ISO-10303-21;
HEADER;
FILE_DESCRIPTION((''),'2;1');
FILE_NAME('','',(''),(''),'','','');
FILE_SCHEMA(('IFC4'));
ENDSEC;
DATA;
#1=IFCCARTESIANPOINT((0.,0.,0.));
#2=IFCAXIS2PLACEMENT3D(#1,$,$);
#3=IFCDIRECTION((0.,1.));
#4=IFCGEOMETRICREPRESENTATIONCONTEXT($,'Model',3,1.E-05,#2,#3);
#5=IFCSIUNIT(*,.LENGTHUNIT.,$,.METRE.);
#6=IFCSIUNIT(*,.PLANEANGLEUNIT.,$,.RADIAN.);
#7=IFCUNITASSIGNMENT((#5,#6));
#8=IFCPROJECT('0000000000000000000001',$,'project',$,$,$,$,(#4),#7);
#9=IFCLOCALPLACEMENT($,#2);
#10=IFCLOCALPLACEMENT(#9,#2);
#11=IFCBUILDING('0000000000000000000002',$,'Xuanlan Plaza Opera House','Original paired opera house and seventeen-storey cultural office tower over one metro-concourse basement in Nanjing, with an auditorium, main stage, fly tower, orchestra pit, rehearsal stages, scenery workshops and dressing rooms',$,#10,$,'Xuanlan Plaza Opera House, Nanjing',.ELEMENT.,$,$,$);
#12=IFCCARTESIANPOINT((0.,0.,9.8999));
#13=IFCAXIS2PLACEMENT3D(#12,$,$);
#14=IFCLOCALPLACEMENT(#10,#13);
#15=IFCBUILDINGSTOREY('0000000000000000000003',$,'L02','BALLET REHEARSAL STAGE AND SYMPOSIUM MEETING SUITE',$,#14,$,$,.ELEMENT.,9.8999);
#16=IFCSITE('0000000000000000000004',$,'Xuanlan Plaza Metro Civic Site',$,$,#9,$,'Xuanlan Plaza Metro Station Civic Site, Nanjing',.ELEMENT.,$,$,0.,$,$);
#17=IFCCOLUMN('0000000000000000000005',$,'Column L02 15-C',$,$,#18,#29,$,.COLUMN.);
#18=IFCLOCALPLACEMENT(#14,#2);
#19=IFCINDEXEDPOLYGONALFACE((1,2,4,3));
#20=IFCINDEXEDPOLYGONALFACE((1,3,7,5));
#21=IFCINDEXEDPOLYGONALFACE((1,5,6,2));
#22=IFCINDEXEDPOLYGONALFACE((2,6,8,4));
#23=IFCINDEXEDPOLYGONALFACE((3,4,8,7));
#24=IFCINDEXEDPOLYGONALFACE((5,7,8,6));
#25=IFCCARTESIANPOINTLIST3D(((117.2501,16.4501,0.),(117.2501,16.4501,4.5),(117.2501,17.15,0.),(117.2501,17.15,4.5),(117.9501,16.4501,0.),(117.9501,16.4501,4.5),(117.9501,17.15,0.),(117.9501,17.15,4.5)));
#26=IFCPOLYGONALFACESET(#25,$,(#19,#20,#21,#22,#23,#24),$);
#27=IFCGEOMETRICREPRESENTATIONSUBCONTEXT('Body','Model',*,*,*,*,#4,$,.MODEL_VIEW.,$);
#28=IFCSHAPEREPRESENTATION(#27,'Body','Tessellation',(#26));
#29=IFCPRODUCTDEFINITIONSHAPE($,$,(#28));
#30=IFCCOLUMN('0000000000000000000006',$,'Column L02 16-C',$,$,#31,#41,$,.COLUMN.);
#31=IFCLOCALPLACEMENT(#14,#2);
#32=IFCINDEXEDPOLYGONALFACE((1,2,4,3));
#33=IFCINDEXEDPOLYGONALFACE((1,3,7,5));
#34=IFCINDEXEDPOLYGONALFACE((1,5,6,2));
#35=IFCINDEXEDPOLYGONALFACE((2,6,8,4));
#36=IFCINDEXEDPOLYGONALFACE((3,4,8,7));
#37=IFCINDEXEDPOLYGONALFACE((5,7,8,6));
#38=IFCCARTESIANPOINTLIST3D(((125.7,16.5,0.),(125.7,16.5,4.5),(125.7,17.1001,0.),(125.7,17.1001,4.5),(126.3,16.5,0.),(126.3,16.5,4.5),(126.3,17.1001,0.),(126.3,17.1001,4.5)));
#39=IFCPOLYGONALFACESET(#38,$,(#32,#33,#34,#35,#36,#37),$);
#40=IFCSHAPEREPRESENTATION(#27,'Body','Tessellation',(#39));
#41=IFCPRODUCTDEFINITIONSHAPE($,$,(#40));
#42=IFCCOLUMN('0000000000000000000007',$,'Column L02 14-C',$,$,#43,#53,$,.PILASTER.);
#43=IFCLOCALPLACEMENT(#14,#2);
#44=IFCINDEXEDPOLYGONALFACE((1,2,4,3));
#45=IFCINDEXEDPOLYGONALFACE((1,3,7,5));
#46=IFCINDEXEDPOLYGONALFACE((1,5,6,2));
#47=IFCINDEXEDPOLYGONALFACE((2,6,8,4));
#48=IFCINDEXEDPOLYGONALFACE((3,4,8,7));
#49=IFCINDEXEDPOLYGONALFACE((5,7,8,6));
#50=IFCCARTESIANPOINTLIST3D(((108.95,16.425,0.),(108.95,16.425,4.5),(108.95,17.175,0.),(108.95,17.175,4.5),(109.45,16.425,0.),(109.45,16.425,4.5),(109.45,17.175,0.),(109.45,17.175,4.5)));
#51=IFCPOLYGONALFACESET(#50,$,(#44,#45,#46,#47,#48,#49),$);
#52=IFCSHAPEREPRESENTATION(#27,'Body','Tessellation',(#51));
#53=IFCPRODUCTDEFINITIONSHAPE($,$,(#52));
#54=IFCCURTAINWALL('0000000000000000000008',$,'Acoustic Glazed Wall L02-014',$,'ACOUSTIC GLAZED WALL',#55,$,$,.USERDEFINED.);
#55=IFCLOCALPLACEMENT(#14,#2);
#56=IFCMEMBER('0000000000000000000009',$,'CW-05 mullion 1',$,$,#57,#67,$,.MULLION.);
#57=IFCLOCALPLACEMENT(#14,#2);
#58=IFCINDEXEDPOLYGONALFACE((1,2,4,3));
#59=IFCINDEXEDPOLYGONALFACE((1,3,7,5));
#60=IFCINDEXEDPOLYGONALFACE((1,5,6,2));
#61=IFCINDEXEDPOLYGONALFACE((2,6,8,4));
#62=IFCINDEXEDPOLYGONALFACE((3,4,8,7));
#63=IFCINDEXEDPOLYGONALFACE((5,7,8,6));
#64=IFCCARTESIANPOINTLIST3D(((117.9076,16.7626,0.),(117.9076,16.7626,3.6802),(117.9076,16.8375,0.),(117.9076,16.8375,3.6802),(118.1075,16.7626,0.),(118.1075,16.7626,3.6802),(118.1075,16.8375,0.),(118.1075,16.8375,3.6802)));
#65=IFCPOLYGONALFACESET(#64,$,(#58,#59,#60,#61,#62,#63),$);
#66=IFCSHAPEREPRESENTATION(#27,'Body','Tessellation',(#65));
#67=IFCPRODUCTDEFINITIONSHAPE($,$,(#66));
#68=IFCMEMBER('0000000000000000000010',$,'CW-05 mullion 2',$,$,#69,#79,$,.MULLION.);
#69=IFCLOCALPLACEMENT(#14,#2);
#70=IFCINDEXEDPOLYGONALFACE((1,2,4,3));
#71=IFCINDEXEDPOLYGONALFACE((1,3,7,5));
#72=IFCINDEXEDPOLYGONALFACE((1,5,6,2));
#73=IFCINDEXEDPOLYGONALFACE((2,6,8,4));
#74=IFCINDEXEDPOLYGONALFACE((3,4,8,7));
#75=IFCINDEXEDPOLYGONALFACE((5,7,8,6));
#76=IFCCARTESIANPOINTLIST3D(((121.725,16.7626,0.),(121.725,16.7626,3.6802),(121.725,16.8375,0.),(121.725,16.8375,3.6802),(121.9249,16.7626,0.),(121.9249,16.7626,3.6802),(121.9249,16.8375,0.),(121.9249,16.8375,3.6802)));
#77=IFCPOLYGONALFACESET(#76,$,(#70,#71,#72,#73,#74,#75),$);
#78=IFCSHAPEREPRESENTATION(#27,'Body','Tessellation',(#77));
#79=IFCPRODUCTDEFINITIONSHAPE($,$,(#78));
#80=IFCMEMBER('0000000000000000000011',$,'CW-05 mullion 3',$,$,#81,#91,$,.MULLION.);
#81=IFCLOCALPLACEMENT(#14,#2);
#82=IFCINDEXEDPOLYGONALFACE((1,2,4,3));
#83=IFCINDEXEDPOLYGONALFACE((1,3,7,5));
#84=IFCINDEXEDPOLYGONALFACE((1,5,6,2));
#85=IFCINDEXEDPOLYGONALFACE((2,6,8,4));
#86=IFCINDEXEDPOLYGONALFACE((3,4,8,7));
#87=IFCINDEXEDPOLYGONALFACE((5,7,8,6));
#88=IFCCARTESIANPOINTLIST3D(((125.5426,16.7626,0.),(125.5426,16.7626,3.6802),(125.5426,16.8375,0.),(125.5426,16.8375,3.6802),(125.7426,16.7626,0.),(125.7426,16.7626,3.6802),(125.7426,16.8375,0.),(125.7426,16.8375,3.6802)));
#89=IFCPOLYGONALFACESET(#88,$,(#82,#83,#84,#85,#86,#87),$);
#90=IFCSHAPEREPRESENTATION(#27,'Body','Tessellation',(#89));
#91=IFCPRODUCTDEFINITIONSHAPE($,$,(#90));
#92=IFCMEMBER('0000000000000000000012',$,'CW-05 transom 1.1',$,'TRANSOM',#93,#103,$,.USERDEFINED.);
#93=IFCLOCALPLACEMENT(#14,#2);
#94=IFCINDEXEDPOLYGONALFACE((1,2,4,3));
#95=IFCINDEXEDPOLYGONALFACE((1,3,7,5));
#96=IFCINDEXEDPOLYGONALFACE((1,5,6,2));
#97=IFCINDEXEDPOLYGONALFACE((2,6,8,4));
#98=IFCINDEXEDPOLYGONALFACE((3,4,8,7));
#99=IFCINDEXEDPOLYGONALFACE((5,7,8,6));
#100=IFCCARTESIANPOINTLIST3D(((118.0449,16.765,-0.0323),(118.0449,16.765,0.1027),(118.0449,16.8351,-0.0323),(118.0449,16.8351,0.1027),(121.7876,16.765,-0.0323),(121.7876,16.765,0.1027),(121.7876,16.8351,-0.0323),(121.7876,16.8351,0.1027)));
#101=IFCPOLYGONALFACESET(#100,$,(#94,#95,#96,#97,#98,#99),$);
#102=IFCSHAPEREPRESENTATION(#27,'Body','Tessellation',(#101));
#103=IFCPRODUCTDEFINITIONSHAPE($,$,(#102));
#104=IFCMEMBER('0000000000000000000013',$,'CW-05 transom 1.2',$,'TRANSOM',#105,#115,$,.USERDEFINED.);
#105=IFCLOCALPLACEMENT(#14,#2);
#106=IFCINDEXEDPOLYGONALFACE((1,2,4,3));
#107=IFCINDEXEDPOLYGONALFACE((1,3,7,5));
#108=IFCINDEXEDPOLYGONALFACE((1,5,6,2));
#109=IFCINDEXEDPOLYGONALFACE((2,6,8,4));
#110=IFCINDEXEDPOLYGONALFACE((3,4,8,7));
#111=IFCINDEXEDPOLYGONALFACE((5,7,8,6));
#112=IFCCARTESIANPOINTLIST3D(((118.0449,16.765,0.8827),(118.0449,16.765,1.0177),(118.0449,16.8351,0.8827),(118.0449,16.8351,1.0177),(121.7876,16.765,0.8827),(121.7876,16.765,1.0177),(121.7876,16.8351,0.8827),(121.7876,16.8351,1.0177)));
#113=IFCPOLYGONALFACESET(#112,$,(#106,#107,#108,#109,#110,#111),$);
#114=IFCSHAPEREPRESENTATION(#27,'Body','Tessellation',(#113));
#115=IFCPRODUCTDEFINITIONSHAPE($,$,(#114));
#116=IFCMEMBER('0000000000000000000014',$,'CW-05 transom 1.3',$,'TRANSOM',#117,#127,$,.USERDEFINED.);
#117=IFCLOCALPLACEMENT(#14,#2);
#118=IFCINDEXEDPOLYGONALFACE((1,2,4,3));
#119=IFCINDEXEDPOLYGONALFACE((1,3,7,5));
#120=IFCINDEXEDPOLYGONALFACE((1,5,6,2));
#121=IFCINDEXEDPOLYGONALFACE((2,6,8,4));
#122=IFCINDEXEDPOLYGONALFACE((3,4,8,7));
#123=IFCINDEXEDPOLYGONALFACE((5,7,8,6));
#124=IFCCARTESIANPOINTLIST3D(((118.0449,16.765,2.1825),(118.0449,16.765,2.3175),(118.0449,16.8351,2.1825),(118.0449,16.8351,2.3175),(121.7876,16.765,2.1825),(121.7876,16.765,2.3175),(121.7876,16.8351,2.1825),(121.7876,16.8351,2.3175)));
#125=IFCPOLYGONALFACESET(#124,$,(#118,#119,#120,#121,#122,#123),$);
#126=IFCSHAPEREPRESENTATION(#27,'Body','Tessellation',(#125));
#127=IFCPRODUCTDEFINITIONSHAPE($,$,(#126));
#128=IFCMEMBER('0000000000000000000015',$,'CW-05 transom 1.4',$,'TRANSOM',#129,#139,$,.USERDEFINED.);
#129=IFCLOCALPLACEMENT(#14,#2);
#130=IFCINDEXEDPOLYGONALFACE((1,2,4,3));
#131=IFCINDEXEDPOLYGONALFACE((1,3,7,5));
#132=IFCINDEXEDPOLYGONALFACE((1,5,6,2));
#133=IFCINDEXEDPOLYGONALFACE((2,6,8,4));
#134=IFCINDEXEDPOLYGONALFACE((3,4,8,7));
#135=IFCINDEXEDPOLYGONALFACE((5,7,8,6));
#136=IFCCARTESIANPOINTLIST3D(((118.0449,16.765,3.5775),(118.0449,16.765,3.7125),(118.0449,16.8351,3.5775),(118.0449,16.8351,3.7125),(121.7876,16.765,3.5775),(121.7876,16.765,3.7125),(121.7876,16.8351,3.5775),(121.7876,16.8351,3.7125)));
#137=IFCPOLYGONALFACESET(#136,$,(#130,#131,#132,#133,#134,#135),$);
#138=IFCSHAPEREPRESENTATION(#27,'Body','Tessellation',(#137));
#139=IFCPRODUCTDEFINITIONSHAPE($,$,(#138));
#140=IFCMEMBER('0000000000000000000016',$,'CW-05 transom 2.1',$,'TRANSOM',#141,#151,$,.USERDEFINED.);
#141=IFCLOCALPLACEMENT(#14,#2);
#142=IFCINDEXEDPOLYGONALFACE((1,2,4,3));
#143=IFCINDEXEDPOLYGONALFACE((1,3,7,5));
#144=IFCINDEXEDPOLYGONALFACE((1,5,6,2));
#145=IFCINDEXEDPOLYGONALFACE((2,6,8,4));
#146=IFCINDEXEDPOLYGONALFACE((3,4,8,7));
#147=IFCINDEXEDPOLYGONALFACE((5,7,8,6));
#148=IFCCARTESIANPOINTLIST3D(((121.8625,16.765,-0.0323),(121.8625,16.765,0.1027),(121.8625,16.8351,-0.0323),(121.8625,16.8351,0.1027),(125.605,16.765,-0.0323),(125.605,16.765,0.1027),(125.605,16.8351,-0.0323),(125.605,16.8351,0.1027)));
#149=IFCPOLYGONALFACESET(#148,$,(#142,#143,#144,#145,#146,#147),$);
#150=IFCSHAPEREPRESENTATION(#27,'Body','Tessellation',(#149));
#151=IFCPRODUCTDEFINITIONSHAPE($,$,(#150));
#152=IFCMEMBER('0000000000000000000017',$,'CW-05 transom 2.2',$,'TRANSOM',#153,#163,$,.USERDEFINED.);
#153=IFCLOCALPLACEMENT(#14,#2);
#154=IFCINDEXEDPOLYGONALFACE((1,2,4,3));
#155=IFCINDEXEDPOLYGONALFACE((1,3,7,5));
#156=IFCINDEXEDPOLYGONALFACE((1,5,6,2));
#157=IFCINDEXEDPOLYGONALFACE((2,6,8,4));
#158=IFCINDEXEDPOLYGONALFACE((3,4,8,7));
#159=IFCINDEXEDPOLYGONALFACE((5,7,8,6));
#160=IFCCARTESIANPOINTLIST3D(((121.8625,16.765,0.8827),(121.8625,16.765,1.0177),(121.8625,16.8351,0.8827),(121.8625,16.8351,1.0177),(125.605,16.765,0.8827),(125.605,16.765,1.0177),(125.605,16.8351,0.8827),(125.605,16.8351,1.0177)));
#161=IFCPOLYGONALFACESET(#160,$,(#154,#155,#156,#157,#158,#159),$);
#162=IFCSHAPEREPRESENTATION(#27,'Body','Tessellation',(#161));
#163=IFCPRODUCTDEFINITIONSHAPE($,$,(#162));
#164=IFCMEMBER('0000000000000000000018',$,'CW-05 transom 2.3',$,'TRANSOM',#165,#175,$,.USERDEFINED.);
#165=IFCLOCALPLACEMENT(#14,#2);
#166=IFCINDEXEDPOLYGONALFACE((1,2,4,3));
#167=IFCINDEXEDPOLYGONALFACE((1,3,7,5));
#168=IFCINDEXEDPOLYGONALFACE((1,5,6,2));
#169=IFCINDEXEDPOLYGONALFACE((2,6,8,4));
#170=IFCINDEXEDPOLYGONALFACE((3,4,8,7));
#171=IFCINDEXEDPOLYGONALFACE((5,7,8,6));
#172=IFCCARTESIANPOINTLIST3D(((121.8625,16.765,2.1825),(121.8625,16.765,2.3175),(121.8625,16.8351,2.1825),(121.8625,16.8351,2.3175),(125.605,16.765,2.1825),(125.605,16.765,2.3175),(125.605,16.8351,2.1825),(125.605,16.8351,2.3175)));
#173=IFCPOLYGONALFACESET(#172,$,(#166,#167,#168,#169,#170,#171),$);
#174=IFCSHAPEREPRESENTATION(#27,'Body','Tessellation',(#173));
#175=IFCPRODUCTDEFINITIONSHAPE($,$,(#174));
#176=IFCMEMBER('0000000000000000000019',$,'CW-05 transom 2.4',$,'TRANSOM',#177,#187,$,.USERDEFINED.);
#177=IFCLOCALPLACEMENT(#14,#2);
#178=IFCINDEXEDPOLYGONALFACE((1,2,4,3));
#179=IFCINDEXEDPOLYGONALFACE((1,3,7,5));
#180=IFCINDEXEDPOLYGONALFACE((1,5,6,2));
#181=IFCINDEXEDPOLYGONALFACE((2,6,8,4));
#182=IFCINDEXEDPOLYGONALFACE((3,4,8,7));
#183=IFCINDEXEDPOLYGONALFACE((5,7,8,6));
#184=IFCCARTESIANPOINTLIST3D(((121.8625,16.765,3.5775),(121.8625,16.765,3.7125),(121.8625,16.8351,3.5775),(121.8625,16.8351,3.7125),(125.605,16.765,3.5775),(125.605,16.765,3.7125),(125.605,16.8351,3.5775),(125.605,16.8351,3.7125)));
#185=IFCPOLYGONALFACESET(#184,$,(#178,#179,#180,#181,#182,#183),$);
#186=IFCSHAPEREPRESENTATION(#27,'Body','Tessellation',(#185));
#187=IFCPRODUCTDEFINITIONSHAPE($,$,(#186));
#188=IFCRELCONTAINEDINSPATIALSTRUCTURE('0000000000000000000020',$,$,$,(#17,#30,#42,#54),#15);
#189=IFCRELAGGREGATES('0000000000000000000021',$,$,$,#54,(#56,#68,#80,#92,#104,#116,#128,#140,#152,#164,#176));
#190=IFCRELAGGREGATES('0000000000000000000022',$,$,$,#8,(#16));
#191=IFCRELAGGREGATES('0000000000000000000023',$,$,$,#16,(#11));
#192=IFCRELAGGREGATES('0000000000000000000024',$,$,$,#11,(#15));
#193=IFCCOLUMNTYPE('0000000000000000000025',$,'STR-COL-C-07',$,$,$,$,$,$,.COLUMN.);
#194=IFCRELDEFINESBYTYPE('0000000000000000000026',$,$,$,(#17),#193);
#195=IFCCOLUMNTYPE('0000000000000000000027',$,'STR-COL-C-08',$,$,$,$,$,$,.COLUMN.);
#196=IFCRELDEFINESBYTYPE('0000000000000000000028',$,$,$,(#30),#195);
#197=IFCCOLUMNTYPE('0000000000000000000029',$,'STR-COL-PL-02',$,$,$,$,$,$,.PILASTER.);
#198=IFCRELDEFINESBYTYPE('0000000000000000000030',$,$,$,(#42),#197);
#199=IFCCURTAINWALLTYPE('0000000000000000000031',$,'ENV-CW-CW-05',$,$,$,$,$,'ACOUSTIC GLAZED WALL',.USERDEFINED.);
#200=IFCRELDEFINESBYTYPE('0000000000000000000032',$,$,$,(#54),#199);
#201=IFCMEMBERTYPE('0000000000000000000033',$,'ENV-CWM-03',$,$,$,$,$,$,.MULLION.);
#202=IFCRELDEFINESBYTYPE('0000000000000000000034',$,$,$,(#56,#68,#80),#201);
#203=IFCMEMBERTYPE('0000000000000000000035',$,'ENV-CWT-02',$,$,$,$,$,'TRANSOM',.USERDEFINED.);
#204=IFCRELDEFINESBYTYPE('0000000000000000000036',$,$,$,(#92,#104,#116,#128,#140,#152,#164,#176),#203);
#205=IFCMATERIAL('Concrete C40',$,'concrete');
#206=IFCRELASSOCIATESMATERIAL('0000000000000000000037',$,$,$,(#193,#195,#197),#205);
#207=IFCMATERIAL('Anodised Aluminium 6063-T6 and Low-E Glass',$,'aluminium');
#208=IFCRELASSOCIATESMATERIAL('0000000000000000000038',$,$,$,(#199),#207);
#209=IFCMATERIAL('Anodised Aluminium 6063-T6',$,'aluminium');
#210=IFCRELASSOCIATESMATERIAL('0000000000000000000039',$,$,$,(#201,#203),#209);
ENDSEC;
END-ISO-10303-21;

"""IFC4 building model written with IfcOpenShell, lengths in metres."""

from ifc_helpers import new_model, si_unit, direction, frame, origin, origin_2d, place, context, subcontext, project, spatial, rectangle, extrude, material, material_profile, profile_set, type_object, element, aggregate, save


model = new_model("IFC4")

# Units and contexts
model_context = context("Model", 3, precision=1e-05, world=origin(), true_north=direction((0.0, 1.0)))
body_context = subcontext(model_context, "Body", "Model", "MODEL_VIEW")
ifc_project = project(units=[si_unit("LENGTHUNIT", "METRE"), si_unit("PLANEANGLEUNIT", "RADIAN")], contexts=[model_context])

# Site, building, storey
site_placement = place(None, origin())
site = spatial("IfcSite", under=ifc_project, at=site_placement, Name="Xuanlan Plaza Metro Civic Site", LongName="Xuanlan Plaza Metro Station Civic Site, Nanjing", CompositionType="ELEMENT", RefElevation=0.0)
building_placement = place(site_placement, origin())
building = spatial("IfcBuilding", under=site, at=building_placement, Name="Xuanlan Plaza Opera House", Description="Original paired opera house and seventeen-storey cultural office tower over one metro-concourse basement in Nanjing, with an auditorium, main stage, fly tower, orchestra pit, rehearsal stages, scenery workshops and dressing rooms", LongName="Xuanlan Plaza Opera House, Nanjing", CompositionType="ELEMENT")
storey_placement = place(building_placement, frame((0.0, 0.0, 9.8999)))
storey = spatial("IfcBuildingStorey", under=building, at=storey_placement, Name="L02", Description="BALLET REHEARSAL STAGE AND SYMPOSIUM MEETING SUITE", CompositionType="ELEMENT", Elevation=9.8999)

# Columns
ifc_material_1 = material(Name="Concrete C40", Category="concrete")
ifc_material_profile_1 = material_profile(ifc_material_1, rectangle(XDim=0.7, YDim=0.7, at=origin_2d()), Name="RC-COL 700x700")
ifc_profile_set_1 = profile_set([ifc_material_profile_1], Name="Concrete C40")
column_type_1 = type_object("IfcColumnType", Name="STR-COL-C-07", PredefinedType="COLUMN", material=ifc_profile_set_1)
column_1_placement = place(storey_placement, frame((117.6001, 16.8, 0.0), z_axis=(0.0, 0.0, 1.0), x_axis=(1.0, 0.0, 0.0)))
element("IfcColumn", 1, at=column_1_placement, inside=storey, type_object=column_type_1, Name="Column L02 15-C", PredefinedType="COLUMN", context=body_context, shape_type="SweptSolid", body=[
    extrude(rectangle(XDim=0.7, YDim=0.7, at=origin_2d()), origin(), (0.0, 0.0, 1.0), 4.5),
])
ifc_material_profile_2 = material_profile(ifc_material_1, rectangle(XDim=0.6001, YDim=0.6001, at=origin_2d()), Name="RC-COL 600x600")
ifc_profile_set_2 = profile_set([ifc_material_profile_2], Name="Concrete C40")
column_type_2 = type_object("IfcColumnType", Name="STR-COL-C-08", PredefinedType="COLUMN", material=ifc_profile_set_2)
column_2_placement = place(storey_placement, frame((126.0, 16.8, 0.0), z_axis=(0.0, 0.0, 1.0), x_axis=(1.0, 0.0, 0.0)))
element("IfcColumn", 2, at=column_2_placement, inside=storey, type_object=column_type_2, Name="Column L02 16-C", PredefinedType="COLUMN", context=body_context, shape_type="SweptSolid", body=[
    extrude(rectangle(XDim=0.6001, YDim=0.6001, at=origin_2d()), origin(), (0.0, 0.0, 1.0), 4.5),
])
ifc_material_profile_3 = material_profile(ifc_material_1, rectangle(XDim=0.5, YDim=0.75, at=origin_2d()), Name="RC-PIL 500x750")
ifc_profile_set_3 = profile_set([ifc_material_profile_3], Name="Concrete C40")
column_type_3 = type_object("IfcColumnType", Name="STR-COL-PL-02", PredefinedType="PILASTER", material=ifc_profile_set_3)
column_3_placement = place(storey_placement, frame((109.2, 16.8, 0.0), z_axis=(0.0, 0.0, 1.0), x_axis=(1.0, 0.0, 0.0)))
element("IfcColumn", 3, at=column_3_placement, inside=storey, type_object=column_type_3, Name="Column L02 14-C", PredefinedType="PILASTER", context=body_context, shape_type="SweptSolid", body=[
    extrude(rectangle(XDim=0.5, YDim=0.75, at=origin_2d()), origin(), (0.0, 0.0, 1.0), 4.5),
])

# Curtain wall, members
ifc_material_2 = material(Name="Anodised Aluminium 6063-T6 and Low-E Glass", Category="aluminium")
curtain_wall_type = type_object("IfcCurtainWallType", Name="ENV-CW-CW-05", ElementType="ACOUSTIC GLAZED WALL", PredefinedType="USERDEFINED", material=ifc_material_2)
curtain_wall_placement = place(storey_placement, origin())
curtain_wall = element("IfcCurtainWall", 4, at=curtain_wall_placement, inside=storey, type_object=curtain_wall_type, Name="Acoustic Glazed Wall L02-014", ObjectType="ACOUSTIC GLAZED WALL", PredefinedType="USERDEFINED")
ifc_material_3 = material(Name="Anodised Aluminium 6063-T6", Category="aluminium")
ifc_material_profile_4 = material_profile(ifc_material_3, rectangle(XDim=0.075, YDim=0.2, at=origin_2d()), Name="ALU-M 75x200")
ifc_profile_set_4 = profile_set([ifc_material_profile_4], Name="Anodised Aluminium 6063-T6")
member_type_1 = type_object("IfcMemberType", Name="ENV-CWM-03", PredefinedType="MULLION", material=ifc_profile_set_4)
member_1_placement = place(storey_placement, frame((118.0076, 16.8, 0.0), z_axis=(0.0, 0.0, 1.0), x_axis=(0.0, 1.0, 0.0)))
member_1 = element("IfcMember", 5, at=member_1_placement, type_object=member_type_1, Name="CW-05 mullion 1", PredefinedType="MULLION", context=body_context, shape_type="SweptSolid", body=[
    extrude(rectangle(XDim=0.075, YDim=0.2, at=origin_2d()), origin(), (0.0, 0.0, 1.0), 3.6802),
])
member_2_placement = place(storey_placement, frame((121.825, 16.8, 0.0), z_axis=(0.0, 0.0, 1.0), x_axis=(0.0, 1.0, 0.0)))
member_2 = element("IfcMember", 6, at=member_2_placement, type_object=member_type_1, Name="CW-05 mullion 2", PredefinedType="MULLION", context=body_context, shape_type="SweptSolid", body=[
    extrude(rectangle(XDim=0.075, YDim=0.2, at=origin_2d()), origin(), (0.0, 0.0, 1.0), 3.6802),
])
member_3_placement = place(storey_placement, frame((125.6426, 16.8, 0.0), z_axis=(0.0, 0.0, 1.0), x_axis=(0.0, 1.0, 0.0)))
member_3 = element("IfcMember", 7, at=member_3_placement, type_object=member_type_1, Name="CW-05 mullion 3", PredefinedType="MULLION", context=body_context, shape_type="SweptSolid", body=[
    extrude(rectangle(XDim=0.075, YDim=0.2, at=origin_2d()), origin(), (0.0, 0.0, 1.0), 3.6802),
])
ifc_material_profile_5 = material_profile(ifc_material_3, rectangle(XDim=0.0701, YDim=0.135, at=origin_2d()), Name="ALU-T 70x135")
ifc_profile_set_5 = profile_set([ifc_material_profile_5], Name="Anodised Aluminium 6063-T6")
member_type_2 = type_object("IfcMemberType", Name="ENV-CWT-02", ElementType="TRANSOM", PredefinedType="USERDEFINED", material=ifc_profile_set_5)
member_4_placement = place(storey_placement, frame((118.0449, 16.8, 0.0352), z_axis=(1.0, 0.0, 0.0), x_axis=(0.0, 1.0, 0.0)))
member_4 = element("IfcMember", 8, at=member_4_placement, type_object=member_type_2, Name="CW-05 transom 1.1", ObjectType="TRANSOM", PredefinedType="USERDEFINED", context=body_context, shape_type="SweptSolid", body=[
    extrude(rectangle(XDim=0.0701, YDim=0.135, at=origin_2d()), origin(), (0.0, 0.0, 1.0), 3.7427),
])
member_5_placement = place(storey_placement, frame((118.0449, 16.8, 0.9502), z_axis=(1.0, 0.0, 0.0), x_axis=(0.0, 1.0, 0.0)))
member_5 = element("IfcMember", 9, at=member_5_placement, type_object=member_type_2, Name="CW-05 transom 1.2", ObjectType="TRANSOM", PredefinedType="USERDEFINED", context=body_context, shape_type="SweptSolid", body=[
    extrude(rectangle(XDim=0.0701, YDim=0.135, at=origin_2d()), origin(), (0.0, 0.0, 1.0), 3.7427),
])
member_6_placement = place(storey_placement, frame((118.0449, 16.8, 2.25), z_axis=(1.0, 0.0, 0.0), x_axis=(0.0, 1.0, 0.0)))
member_6 = element("IfcMember", 10, at=member_6_placement, type_object=member_type_2, Name="CW-05 transom 1.3", ObjectType="TRANSOM", PredefinedType="USERDEFINED", context=body_context, shape_type="SweptSolid", body=[
    extrude(rectangle(XDim=0.0701, YDim=0.135, at=origin_2d()), origin(), (0.0, 0.0, 1.0), 3.7427),
])
member_7_placement = place(storey_placement, frame((118.0449, 16.8, 3.645), z_axis=(1.0, 0.0, 0.0), x_axis=(0.0, 1.0, 0.0)))
member_7 = element("IfcMember", 11, at=member_7_placement, type_object=member_type_2, Name="CW-05 transom 1.4", ObjectType="TRANSOM", PredefinedType="USERDEFINED", context=body_context, shape_type="SweptSolid", body=[
    extrude(rectangle(XDim=0.0701, YDim=0.135, at=origin_2d()), origin(), (0.0, 0.0, 1.0), 3.7427),
])
member_8_placement = place(storey_placement, frame((121.8625, 16.8, 0.0352), z_axis=(1.0, 0.0, 0.0), x_axis=(0.0, 1.0, 0.0)))
member_8 = element("IfcMember", 12, at=member_8_placement, type_object=member_type_2, Name="CW-05 transom 2.1", ObjectType="TRANSOM", PredefinedType="USERDEFINED", context=body_context, shape_type="SweptSolid", body=[
    extrude(rectangle(XDim=0.0701, YDim=0.135, at=origin_2d()), origin(), (0.0, 0.0, 1.0), 3.7424),
])
member_9_placement = place(storey_placement, frame((121.8625, 16.8, 0.9502), z_axis=(1.0, 0.0, 0.0), x_axis=(0.0, 1.0, 0.0)))
member_9 = element("IfcMember", 13, at=member_9_placement, type_object=member_type_2, Name="CW-05 transom 2.2", ObjectType="TRANSOM", PredefinedType="USERDEFINED", context=body_context, shape_type="SweptSolid", body=[
    extrude(rectangle(XDim=0.0701, YDim=0.135, at=origin_2d()), origin(), (0.0, 0.0, 1.0), 3.7424),
])
member_10_placement = place(storey_placement, frame((121.8625, 16.8, 2.25), z_axis=(1.0, 0.0, 0.0), x_axis=(0.0, 1.0, 0.0)))
member_10 = element("IfcMember", 14, at=member_10_placement, type_object=member_type_2, Name="CW-05 transom 2.3", ObjectType="TRANSOM", PredefinedType="USERDEFINED", context=body_context, shape_type="SweptSolid", body=[
    extrude(rectangle(XDim=0.0701, YDim=0.135, at=origin_2d()), origin(), (0.0, 0.0, 1.0), 3.7424),
])
member_11_placement = place(storey_placement, frame((121.8625, 16.8, 3.645), z_axis=(1.0, 0.0, 0.0), x_axis=(0.0, 1.0, 0.0)))
member_11 = element("IfcMember", 15, at=member_11_placement, type_object=member_type_2, Name="CW-05 transom 2.4", ObjectType="TRANSOM", PredefinedType="USERDEFINED", context=body_context, shape_type="SweptSolid", body=[
    extrude(rectangle(XDim=0.0701, YDim=0.135, at=origin_2d()), origin(), (0.0, 0.0, 1.0), 3.7424),
])

aggregate(curtain_wall, [member_1, member_2, member_3, member_4, member_5, member_6, member_7, member_8, member_9, member_10, member_11])

save(model, "model.ifc")
